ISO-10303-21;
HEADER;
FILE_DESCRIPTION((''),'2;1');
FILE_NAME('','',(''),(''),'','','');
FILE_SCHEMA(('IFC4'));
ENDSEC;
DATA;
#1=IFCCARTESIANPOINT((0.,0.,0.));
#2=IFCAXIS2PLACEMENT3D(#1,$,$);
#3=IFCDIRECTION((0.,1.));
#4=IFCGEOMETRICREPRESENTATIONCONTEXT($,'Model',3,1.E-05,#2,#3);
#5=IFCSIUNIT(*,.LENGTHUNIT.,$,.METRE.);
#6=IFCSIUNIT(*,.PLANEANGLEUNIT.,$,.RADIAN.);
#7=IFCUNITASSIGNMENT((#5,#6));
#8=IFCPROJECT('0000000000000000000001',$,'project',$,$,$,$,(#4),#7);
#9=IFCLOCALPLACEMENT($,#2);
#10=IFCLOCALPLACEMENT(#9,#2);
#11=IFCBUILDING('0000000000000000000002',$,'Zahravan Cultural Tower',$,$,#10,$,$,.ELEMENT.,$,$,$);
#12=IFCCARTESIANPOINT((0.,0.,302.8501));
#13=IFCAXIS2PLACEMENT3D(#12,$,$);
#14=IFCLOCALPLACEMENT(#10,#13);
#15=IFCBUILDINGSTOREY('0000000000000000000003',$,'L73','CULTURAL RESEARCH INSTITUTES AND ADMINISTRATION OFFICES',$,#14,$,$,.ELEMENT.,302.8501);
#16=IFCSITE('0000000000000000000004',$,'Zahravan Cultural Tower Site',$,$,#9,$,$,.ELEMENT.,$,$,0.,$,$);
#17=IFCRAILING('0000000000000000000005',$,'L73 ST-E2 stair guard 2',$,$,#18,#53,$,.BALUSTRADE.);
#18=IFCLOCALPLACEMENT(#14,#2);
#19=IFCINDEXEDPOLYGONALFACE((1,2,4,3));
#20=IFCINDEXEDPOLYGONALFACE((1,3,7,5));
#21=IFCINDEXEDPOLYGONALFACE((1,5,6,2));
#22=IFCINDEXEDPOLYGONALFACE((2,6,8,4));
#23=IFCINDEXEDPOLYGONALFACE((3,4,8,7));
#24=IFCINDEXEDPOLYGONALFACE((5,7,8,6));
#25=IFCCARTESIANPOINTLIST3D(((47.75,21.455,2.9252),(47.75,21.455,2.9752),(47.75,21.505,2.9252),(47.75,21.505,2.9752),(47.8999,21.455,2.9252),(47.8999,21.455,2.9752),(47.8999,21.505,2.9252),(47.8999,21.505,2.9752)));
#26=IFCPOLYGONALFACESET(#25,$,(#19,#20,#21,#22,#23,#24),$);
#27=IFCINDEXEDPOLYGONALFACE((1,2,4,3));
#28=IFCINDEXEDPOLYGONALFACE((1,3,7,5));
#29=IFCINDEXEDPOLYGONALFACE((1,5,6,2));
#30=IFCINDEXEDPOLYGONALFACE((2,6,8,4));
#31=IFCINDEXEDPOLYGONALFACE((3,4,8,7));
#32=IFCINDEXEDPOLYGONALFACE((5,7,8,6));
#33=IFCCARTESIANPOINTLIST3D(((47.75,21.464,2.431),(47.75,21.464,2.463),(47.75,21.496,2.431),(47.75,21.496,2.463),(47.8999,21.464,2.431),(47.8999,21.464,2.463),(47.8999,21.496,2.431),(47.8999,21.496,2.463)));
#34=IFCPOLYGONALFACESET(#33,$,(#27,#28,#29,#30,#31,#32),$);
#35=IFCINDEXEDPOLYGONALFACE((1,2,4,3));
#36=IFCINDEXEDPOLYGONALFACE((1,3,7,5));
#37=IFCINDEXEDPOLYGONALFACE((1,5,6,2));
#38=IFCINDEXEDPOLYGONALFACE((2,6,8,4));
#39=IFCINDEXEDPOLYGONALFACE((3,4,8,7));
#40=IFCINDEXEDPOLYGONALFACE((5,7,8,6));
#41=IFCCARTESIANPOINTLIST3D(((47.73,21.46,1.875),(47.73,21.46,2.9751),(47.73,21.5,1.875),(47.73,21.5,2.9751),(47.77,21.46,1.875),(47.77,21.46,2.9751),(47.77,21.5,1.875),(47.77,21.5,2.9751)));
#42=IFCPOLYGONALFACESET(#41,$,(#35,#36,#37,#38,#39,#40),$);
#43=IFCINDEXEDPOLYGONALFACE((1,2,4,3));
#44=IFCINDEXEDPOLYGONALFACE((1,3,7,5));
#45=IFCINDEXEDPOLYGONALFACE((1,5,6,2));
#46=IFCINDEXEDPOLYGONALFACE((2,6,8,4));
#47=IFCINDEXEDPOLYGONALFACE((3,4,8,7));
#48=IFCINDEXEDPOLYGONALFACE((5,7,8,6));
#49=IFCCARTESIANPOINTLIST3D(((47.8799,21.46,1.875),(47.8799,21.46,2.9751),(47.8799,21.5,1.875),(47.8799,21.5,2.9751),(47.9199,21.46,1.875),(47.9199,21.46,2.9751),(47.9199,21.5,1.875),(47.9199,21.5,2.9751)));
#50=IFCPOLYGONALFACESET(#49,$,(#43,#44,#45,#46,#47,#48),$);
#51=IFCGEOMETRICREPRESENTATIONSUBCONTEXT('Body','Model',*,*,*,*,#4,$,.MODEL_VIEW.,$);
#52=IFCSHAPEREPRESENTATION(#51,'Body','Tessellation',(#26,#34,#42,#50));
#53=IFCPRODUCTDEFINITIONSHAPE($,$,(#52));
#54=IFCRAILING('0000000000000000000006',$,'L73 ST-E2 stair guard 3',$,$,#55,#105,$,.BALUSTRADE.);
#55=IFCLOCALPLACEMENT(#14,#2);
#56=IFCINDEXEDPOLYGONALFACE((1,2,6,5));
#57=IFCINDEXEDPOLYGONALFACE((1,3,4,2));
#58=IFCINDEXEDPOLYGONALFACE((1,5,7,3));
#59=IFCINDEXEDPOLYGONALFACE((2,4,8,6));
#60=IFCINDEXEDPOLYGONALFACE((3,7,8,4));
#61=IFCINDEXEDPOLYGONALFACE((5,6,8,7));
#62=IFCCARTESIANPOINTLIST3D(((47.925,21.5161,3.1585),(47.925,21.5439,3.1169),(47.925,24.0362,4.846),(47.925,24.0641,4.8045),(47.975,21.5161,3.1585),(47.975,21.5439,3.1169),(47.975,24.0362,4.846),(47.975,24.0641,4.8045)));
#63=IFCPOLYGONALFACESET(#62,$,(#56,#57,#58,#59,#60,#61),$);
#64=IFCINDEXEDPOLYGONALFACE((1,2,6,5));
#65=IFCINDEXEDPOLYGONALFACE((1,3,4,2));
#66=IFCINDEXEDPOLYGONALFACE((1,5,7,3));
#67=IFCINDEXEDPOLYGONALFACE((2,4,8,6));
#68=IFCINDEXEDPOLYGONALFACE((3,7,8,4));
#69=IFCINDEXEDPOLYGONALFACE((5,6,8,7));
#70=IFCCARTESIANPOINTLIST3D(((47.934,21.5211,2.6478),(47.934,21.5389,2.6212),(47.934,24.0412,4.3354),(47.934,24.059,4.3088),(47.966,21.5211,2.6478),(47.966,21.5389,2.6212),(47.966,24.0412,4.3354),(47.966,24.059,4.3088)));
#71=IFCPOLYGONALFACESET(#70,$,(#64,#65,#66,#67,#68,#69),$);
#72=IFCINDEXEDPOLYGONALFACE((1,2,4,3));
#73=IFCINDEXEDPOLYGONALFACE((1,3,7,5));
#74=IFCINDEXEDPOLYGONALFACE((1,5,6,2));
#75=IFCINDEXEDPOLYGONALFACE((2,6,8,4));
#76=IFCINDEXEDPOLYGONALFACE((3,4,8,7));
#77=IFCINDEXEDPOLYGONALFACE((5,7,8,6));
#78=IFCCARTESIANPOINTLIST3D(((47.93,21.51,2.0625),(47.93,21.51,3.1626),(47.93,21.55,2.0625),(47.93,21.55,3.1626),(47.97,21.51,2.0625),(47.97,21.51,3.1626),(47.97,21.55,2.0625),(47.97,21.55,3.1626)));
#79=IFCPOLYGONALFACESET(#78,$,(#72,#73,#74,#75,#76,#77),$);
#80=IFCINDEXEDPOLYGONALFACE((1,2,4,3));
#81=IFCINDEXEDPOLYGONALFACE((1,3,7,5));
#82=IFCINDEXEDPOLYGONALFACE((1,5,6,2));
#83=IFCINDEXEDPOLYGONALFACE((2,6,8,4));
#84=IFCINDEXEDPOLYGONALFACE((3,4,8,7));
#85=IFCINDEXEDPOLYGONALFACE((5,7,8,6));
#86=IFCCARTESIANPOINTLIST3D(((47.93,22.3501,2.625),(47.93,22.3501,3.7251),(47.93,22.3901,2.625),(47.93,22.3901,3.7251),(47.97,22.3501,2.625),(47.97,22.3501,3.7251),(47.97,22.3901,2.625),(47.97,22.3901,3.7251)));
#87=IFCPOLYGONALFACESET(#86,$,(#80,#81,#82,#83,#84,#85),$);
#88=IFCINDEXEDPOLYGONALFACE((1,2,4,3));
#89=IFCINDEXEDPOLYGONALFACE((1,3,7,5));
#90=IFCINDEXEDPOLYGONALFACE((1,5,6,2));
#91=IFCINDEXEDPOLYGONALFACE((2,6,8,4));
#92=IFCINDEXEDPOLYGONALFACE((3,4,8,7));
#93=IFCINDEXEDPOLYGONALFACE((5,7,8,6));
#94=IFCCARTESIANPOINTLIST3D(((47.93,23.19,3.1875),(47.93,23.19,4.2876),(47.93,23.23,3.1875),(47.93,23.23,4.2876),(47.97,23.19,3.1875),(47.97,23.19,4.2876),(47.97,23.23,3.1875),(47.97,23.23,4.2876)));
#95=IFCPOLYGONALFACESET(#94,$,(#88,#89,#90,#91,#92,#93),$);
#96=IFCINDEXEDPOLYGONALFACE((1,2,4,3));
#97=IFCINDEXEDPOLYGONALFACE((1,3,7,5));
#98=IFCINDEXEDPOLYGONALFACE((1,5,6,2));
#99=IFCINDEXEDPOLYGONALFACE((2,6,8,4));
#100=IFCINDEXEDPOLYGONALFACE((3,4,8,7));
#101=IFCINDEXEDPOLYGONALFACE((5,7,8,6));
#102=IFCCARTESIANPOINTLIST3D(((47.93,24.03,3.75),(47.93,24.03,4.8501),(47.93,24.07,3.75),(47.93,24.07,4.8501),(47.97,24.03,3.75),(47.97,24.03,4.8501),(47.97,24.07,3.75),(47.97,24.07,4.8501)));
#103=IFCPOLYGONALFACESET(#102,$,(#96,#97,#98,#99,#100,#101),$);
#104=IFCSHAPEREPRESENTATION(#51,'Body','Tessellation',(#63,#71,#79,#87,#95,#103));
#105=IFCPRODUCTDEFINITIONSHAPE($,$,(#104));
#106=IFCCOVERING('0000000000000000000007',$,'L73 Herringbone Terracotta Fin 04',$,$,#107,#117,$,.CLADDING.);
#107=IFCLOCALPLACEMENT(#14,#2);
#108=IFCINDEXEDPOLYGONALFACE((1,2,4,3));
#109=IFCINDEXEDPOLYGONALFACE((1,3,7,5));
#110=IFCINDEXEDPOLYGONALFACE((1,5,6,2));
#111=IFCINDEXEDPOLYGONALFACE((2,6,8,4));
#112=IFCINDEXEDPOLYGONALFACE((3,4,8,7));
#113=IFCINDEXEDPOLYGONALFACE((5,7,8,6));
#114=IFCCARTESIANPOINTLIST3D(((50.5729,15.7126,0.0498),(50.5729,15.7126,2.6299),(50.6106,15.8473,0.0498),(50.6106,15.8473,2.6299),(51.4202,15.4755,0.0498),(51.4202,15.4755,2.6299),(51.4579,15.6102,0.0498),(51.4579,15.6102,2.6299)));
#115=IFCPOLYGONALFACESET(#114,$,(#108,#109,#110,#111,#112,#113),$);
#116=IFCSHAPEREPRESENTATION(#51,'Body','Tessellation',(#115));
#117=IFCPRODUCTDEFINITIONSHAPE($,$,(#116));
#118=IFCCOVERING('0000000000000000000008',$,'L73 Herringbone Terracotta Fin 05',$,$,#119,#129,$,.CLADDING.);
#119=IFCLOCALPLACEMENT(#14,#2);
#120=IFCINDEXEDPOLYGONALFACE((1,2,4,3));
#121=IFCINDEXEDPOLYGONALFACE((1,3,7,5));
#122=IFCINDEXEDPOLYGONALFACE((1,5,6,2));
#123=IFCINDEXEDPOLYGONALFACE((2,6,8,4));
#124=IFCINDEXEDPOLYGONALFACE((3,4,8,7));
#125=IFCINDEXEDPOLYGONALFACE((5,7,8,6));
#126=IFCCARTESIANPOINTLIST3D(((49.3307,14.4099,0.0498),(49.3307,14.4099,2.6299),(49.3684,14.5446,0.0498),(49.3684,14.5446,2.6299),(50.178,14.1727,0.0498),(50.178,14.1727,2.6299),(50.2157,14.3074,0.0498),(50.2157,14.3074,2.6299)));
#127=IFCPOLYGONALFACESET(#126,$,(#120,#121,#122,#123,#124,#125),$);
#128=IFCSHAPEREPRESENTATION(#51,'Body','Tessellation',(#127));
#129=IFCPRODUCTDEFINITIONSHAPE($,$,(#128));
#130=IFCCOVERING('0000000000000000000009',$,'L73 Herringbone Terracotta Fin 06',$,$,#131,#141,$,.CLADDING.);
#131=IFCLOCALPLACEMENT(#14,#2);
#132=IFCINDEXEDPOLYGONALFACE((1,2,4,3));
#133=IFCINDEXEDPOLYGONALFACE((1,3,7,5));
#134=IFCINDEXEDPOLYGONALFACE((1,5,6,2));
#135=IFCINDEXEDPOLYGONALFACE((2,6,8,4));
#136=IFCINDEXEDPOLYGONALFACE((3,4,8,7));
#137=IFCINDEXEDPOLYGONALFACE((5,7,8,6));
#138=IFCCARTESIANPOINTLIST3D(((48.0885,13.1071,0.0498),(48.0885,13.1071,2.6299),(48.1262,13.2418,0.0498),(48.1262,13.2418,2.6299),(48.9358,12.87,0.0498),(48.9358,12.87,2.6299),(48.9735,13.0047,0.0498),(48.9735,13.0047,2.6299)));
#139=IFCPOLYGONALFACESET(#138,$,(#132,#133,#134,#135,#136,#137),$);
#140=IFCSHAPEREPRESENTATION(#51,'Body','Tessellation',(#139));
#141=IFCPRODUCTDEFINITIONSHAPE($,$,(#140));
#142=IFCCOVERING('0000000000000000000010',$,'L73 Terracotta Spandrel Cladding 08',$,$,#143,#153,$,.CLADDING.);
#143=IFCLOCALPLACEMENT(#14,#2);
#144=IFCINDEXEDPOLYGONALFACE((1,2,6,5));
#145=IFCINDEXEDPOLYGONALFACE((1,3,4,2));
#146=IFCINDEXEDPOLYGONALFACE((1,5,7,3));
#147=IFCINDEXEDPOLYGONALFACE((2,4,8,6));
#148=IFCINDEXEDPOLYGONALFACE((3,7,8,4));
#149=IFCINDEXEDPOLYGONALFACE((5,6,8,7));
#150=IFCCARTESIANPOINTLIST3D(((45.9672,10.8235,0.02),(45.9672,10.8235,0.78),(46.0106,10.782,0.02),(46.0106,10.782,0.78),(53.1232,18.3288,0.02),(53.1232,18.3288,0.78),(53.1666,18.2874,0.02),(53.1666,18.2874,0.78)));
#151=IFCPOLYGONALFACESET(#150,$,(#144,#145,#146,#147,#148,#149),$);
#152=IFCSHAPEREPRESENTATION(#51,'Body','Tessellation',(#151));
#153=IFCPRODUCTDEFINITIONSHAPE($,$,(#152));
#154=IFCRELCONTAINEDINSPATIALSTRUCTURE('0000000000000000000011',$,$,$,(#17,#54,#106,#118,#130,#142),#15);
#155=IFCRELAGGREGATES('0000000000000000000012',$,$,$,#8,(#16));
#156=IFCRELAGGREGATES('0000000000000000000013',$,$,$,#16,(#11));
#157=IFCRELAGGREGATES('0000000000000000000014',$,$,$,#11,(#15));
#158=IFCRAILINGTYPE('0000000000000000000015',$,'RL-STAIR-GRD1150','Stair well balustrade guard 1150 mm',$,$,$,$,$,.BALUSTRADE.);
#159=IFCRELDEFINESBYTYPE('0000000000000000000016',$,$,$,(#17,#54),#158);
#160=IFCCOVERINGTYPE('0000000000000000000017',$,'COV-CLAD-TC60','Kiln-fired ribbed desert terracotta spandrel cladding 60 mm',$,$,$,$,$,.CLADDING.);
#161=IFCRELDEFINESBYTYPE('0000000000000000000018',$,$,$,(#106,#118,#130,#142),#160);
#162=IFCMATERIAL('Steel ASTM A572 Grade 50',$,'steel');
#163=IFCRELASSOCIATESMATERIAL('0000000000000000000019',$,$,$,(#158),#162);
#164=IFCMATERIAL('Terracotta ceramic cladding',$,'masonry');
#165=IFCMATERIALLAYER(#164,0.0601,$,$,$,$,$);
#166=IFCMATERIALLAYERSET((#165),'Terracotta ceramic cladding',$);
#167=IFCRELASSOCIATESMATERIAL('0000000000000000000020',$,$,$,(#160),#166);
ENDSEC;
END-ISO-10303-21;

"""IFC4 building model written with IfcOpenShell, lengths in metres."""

from ifc_helpers import new_model, si_unit, direction, frame, origin, origin_2d, place, context, subcontext, project, spatial, rectangle, extrude, source, transform, mapped, material, layer, layer_set, type_object, element, save


model = new_model("IFC4")

# Units and contexts
model_context = context("Model", 3, precision=1e-05, world=origin(), true_north=direction((0.0, 1.0)))
body_context = subcontext(model_context, "Body", "Model", "MODEL_VIEW")
ifc_project = project(units=[si_unit("LENGTHUNIT", "METRE"), si_unit("PLANEANGLEUNIT", "RADIAN")], contexts=[model_context])

# Site, building, storey
site_placement = place(None, origin())
site = spatial("IfcSite", under=ifc_project, at=site_placement, Name="Zahravan Cultural Tower Site", CompositionType="ELEMENT", RefElevation=0.0)
building_placement = place(site_placement, origin())
building = spatial("IfcBuilding", under=site, at=building_placement, Name="Zahravan Cultural Tower", CompositionType="ELEMENT")
storey_placement = place(building_placement, frame((0.0, 0.0, 302.8501)))
storey = spatial("IfcBuildingStorey", under=building, at=storey_placement, Name="L73", Description="CULTURAL RESEARCH INSTITUTES AND ADMINISTRATION OFFICES", CompositionType="ELEMENT", Elevation=302.8501)

# Railings
ifc_material_1 = material(Name="Steel ASTM A572 Grade 50", Category="steel")
railing_type = type_object("IfcRailingType", Name="RL-STAIR-GRD1150", Description="Stair well balustrade guard 1150 mm", PredefinedType="BALUSTRADE", material=ifc_material_1)
railing_1_placement = place(storey_placement, frame((47.75, 21.48, 1.875)))
element("IfcRailing", 1, at=railing_1_placement, inside=storey, type_object=railing_type, Name="L73 ST-E2 stair guard 2", PredefinedType="BALUSTRADE", context=body_context, shape_type="SweptSolid", body=[
    extrude(rectangle(XDim=0.05, YDim=0.05, at=origin_2d()), frame((0.0, 0.0, 1.0752), z_axis=(1.0, 0.0, 0.0), x_axis=(0.0, 1.0, 0.0)), (0.0, 0.0, 1.0), 0.1499),
    extrude(rectangle(XDim=0.032, YDim=0.032, at=origin_2d()), frame((0.0, 0.0, 0.572), z_axis=(1.0, 0.0, 0.0), x_axis=(0.0, 1.0, 0.0)), (0.0, 0.0, 1.0), 0.1499),
    extrude(rectangle(XDim=0.04, YDim=0.04, at=origin_2d()), origin(), (0.0, 0.0, 1.0), 1.1001),
    extrude(rectangle(XDim=0.04, YDim=0.04, at=origin_2d()), frame((0.1499, 0.0, 0.0)), (0.0, 0.0, 1.0), 1.1001),
])
railing_2_placement = place(storey_placement, frame((47.95, 21.53, 2.0625)))
element("IfcRailing", 2, at=railing_2_placement, inside=storey, type_object=railing_type, Name="L73 ST-E2 stair guard 3", PredefinedType="BALUSTRADE", context=body_context, shape_type="SweptSolid", body=[
    extrude(rectangle(XDim=0.05, YDim=0.05, at=origin_2d()), frame((0.0, 0.0, 1.0752), z_axis=(0.0, 0.830909, 0.556408), x_axis=(-1.0, 0.0, 0.0)), (0.0, 0.0, 1.0), 3.033),
    extrude(rectangle(XDim=0.032, YDim=0.032, at=origin_2d()), frame((0.0, 0.0, 0.572), z_axis=(0.0, 0.830909, 0.556408), x_axis=(-1.0, 0.0, 0.0)), (0.0, 0.0, 1.0), 3.033),
    extrude(rectangle(XDim=0.04, YDim=0.04, at=origin_2d()), origin(), (0.0, 0.0, 1.0), 1.1001),
    extrude(rectangle(XDim=0.04, YDim=0.04, at=origin_2d()), frame((0.0, 0.8401, 0.5625)), (0.0, 0.0, 1.0), 1.1001),
    extrude(rectangle(XDim=0.04, YDim=0.04, at=origin_2d()), frame((0.0, 1.6799, 1.125)), (0.0, 0.0, 1.0), 1.1001),
    extrude(rectangle(XDim=0.04, YDim=0.04, at=origin_2d()), frame((0.0, 2.52, 1.6875)), (0.0, 0.0, 1.0), 1.1001),
])

# Coverings
ifc_material_2 = material(Name="Terracotta ceramic cladding", Category="masonry")
ifc_layer_1 = layer(ifc_material_2, 0.0601)
ifc_layer_set_1 = layer_set([ifc_layer_1], Name="Terracotta ceramic cladding")
covering_type = type_object("IfcCoveringType", Name="COV-CLAD-TC60", Description="Kiln-fired ribbed desert terracotta spandrel cladding 60 mm", PredefinedType="CLADDING", material=ifc_layer_set_1)
shared_shape_1 = source(origin(), body_context, "Body", "SweptSolid", [
    extrude(rectangle(XDim=0.8799, YDim=0.1399, at=origin_2d()), origin(), (0.0, 0.0, 1.0), 2.5801),
])
for number, where, z_axis, x_axis, name in (
    (3, (51.0154, 15.6614, 0.0498), (0.0, 0.0, 1.0), (0.962998, -0.269508, 0.0), "L73 Herringbone Terracotta Fin 04"),
    (4, (49.7732, 14.3586, 0.0498), (0.0, 0.0, 1.0), (0.962998, -0.269508, 0.0), "L73 Herringbone Terracotta Fin 05"),
    (5, (48.531, 13.0559, 0.0498), (0.0, 0.0, 1.0), (0.962998, -0.269508, 0.0), "L73 Herringbone Terracotta Fin 06"),
):
    element("IfcCovering", number, at=place(storey_placement, frame(where, z_axis=z_axis, x_axis=x_axis)), inside=storey, type_object=covering_type, Name=name, PredefinedType="CLADDING", context=body_context, shape_type="MappedRepresentation", body=[
        mapped(shared_shape_1, transform((0.0, 0.0, 0.0), x_axis=(1.0, 0.0, 0.0), y_axis=(0.0, 1.0, 0.0), z_axis=(0.0, 0.0, 1.0), scale=1.0)),
    ])
shared_shape_2 = source(origin(), body_context, "Body", "SweptSolid", [
    extrude(rectangle(XDim=10.3701, YDim=0.0601, at=origin_2d()), origin(), (0.0, 0.0, 1.0), 0.76),
])
covering_placement = place(storey_placement, frame((49.5669, 14.5554, 0.02), z_axis=(0.0, 0.0, 1.0), x_axis=(-0.690062, -0.72375, 0.0)))
element("IfcCovering", 6, at=covering_placement, inside=storey, type_object=covering_type, Name="L73 Terracotta Spandrel Cladding 08", PredefinedType="CLADDING", context=body_context, shape_type="MappedRepresentation", body=[
    mapped(shared_shape_2, transform((0.0, 0.0, 0.0), x_axis=(1.0, 0.0, 0.0), y_axis=(0.0, 1.0, 0.0), z_axis=(0.0, 0.0, 1.0), scale=1.0)),
])

save(model, "model.ifc")
